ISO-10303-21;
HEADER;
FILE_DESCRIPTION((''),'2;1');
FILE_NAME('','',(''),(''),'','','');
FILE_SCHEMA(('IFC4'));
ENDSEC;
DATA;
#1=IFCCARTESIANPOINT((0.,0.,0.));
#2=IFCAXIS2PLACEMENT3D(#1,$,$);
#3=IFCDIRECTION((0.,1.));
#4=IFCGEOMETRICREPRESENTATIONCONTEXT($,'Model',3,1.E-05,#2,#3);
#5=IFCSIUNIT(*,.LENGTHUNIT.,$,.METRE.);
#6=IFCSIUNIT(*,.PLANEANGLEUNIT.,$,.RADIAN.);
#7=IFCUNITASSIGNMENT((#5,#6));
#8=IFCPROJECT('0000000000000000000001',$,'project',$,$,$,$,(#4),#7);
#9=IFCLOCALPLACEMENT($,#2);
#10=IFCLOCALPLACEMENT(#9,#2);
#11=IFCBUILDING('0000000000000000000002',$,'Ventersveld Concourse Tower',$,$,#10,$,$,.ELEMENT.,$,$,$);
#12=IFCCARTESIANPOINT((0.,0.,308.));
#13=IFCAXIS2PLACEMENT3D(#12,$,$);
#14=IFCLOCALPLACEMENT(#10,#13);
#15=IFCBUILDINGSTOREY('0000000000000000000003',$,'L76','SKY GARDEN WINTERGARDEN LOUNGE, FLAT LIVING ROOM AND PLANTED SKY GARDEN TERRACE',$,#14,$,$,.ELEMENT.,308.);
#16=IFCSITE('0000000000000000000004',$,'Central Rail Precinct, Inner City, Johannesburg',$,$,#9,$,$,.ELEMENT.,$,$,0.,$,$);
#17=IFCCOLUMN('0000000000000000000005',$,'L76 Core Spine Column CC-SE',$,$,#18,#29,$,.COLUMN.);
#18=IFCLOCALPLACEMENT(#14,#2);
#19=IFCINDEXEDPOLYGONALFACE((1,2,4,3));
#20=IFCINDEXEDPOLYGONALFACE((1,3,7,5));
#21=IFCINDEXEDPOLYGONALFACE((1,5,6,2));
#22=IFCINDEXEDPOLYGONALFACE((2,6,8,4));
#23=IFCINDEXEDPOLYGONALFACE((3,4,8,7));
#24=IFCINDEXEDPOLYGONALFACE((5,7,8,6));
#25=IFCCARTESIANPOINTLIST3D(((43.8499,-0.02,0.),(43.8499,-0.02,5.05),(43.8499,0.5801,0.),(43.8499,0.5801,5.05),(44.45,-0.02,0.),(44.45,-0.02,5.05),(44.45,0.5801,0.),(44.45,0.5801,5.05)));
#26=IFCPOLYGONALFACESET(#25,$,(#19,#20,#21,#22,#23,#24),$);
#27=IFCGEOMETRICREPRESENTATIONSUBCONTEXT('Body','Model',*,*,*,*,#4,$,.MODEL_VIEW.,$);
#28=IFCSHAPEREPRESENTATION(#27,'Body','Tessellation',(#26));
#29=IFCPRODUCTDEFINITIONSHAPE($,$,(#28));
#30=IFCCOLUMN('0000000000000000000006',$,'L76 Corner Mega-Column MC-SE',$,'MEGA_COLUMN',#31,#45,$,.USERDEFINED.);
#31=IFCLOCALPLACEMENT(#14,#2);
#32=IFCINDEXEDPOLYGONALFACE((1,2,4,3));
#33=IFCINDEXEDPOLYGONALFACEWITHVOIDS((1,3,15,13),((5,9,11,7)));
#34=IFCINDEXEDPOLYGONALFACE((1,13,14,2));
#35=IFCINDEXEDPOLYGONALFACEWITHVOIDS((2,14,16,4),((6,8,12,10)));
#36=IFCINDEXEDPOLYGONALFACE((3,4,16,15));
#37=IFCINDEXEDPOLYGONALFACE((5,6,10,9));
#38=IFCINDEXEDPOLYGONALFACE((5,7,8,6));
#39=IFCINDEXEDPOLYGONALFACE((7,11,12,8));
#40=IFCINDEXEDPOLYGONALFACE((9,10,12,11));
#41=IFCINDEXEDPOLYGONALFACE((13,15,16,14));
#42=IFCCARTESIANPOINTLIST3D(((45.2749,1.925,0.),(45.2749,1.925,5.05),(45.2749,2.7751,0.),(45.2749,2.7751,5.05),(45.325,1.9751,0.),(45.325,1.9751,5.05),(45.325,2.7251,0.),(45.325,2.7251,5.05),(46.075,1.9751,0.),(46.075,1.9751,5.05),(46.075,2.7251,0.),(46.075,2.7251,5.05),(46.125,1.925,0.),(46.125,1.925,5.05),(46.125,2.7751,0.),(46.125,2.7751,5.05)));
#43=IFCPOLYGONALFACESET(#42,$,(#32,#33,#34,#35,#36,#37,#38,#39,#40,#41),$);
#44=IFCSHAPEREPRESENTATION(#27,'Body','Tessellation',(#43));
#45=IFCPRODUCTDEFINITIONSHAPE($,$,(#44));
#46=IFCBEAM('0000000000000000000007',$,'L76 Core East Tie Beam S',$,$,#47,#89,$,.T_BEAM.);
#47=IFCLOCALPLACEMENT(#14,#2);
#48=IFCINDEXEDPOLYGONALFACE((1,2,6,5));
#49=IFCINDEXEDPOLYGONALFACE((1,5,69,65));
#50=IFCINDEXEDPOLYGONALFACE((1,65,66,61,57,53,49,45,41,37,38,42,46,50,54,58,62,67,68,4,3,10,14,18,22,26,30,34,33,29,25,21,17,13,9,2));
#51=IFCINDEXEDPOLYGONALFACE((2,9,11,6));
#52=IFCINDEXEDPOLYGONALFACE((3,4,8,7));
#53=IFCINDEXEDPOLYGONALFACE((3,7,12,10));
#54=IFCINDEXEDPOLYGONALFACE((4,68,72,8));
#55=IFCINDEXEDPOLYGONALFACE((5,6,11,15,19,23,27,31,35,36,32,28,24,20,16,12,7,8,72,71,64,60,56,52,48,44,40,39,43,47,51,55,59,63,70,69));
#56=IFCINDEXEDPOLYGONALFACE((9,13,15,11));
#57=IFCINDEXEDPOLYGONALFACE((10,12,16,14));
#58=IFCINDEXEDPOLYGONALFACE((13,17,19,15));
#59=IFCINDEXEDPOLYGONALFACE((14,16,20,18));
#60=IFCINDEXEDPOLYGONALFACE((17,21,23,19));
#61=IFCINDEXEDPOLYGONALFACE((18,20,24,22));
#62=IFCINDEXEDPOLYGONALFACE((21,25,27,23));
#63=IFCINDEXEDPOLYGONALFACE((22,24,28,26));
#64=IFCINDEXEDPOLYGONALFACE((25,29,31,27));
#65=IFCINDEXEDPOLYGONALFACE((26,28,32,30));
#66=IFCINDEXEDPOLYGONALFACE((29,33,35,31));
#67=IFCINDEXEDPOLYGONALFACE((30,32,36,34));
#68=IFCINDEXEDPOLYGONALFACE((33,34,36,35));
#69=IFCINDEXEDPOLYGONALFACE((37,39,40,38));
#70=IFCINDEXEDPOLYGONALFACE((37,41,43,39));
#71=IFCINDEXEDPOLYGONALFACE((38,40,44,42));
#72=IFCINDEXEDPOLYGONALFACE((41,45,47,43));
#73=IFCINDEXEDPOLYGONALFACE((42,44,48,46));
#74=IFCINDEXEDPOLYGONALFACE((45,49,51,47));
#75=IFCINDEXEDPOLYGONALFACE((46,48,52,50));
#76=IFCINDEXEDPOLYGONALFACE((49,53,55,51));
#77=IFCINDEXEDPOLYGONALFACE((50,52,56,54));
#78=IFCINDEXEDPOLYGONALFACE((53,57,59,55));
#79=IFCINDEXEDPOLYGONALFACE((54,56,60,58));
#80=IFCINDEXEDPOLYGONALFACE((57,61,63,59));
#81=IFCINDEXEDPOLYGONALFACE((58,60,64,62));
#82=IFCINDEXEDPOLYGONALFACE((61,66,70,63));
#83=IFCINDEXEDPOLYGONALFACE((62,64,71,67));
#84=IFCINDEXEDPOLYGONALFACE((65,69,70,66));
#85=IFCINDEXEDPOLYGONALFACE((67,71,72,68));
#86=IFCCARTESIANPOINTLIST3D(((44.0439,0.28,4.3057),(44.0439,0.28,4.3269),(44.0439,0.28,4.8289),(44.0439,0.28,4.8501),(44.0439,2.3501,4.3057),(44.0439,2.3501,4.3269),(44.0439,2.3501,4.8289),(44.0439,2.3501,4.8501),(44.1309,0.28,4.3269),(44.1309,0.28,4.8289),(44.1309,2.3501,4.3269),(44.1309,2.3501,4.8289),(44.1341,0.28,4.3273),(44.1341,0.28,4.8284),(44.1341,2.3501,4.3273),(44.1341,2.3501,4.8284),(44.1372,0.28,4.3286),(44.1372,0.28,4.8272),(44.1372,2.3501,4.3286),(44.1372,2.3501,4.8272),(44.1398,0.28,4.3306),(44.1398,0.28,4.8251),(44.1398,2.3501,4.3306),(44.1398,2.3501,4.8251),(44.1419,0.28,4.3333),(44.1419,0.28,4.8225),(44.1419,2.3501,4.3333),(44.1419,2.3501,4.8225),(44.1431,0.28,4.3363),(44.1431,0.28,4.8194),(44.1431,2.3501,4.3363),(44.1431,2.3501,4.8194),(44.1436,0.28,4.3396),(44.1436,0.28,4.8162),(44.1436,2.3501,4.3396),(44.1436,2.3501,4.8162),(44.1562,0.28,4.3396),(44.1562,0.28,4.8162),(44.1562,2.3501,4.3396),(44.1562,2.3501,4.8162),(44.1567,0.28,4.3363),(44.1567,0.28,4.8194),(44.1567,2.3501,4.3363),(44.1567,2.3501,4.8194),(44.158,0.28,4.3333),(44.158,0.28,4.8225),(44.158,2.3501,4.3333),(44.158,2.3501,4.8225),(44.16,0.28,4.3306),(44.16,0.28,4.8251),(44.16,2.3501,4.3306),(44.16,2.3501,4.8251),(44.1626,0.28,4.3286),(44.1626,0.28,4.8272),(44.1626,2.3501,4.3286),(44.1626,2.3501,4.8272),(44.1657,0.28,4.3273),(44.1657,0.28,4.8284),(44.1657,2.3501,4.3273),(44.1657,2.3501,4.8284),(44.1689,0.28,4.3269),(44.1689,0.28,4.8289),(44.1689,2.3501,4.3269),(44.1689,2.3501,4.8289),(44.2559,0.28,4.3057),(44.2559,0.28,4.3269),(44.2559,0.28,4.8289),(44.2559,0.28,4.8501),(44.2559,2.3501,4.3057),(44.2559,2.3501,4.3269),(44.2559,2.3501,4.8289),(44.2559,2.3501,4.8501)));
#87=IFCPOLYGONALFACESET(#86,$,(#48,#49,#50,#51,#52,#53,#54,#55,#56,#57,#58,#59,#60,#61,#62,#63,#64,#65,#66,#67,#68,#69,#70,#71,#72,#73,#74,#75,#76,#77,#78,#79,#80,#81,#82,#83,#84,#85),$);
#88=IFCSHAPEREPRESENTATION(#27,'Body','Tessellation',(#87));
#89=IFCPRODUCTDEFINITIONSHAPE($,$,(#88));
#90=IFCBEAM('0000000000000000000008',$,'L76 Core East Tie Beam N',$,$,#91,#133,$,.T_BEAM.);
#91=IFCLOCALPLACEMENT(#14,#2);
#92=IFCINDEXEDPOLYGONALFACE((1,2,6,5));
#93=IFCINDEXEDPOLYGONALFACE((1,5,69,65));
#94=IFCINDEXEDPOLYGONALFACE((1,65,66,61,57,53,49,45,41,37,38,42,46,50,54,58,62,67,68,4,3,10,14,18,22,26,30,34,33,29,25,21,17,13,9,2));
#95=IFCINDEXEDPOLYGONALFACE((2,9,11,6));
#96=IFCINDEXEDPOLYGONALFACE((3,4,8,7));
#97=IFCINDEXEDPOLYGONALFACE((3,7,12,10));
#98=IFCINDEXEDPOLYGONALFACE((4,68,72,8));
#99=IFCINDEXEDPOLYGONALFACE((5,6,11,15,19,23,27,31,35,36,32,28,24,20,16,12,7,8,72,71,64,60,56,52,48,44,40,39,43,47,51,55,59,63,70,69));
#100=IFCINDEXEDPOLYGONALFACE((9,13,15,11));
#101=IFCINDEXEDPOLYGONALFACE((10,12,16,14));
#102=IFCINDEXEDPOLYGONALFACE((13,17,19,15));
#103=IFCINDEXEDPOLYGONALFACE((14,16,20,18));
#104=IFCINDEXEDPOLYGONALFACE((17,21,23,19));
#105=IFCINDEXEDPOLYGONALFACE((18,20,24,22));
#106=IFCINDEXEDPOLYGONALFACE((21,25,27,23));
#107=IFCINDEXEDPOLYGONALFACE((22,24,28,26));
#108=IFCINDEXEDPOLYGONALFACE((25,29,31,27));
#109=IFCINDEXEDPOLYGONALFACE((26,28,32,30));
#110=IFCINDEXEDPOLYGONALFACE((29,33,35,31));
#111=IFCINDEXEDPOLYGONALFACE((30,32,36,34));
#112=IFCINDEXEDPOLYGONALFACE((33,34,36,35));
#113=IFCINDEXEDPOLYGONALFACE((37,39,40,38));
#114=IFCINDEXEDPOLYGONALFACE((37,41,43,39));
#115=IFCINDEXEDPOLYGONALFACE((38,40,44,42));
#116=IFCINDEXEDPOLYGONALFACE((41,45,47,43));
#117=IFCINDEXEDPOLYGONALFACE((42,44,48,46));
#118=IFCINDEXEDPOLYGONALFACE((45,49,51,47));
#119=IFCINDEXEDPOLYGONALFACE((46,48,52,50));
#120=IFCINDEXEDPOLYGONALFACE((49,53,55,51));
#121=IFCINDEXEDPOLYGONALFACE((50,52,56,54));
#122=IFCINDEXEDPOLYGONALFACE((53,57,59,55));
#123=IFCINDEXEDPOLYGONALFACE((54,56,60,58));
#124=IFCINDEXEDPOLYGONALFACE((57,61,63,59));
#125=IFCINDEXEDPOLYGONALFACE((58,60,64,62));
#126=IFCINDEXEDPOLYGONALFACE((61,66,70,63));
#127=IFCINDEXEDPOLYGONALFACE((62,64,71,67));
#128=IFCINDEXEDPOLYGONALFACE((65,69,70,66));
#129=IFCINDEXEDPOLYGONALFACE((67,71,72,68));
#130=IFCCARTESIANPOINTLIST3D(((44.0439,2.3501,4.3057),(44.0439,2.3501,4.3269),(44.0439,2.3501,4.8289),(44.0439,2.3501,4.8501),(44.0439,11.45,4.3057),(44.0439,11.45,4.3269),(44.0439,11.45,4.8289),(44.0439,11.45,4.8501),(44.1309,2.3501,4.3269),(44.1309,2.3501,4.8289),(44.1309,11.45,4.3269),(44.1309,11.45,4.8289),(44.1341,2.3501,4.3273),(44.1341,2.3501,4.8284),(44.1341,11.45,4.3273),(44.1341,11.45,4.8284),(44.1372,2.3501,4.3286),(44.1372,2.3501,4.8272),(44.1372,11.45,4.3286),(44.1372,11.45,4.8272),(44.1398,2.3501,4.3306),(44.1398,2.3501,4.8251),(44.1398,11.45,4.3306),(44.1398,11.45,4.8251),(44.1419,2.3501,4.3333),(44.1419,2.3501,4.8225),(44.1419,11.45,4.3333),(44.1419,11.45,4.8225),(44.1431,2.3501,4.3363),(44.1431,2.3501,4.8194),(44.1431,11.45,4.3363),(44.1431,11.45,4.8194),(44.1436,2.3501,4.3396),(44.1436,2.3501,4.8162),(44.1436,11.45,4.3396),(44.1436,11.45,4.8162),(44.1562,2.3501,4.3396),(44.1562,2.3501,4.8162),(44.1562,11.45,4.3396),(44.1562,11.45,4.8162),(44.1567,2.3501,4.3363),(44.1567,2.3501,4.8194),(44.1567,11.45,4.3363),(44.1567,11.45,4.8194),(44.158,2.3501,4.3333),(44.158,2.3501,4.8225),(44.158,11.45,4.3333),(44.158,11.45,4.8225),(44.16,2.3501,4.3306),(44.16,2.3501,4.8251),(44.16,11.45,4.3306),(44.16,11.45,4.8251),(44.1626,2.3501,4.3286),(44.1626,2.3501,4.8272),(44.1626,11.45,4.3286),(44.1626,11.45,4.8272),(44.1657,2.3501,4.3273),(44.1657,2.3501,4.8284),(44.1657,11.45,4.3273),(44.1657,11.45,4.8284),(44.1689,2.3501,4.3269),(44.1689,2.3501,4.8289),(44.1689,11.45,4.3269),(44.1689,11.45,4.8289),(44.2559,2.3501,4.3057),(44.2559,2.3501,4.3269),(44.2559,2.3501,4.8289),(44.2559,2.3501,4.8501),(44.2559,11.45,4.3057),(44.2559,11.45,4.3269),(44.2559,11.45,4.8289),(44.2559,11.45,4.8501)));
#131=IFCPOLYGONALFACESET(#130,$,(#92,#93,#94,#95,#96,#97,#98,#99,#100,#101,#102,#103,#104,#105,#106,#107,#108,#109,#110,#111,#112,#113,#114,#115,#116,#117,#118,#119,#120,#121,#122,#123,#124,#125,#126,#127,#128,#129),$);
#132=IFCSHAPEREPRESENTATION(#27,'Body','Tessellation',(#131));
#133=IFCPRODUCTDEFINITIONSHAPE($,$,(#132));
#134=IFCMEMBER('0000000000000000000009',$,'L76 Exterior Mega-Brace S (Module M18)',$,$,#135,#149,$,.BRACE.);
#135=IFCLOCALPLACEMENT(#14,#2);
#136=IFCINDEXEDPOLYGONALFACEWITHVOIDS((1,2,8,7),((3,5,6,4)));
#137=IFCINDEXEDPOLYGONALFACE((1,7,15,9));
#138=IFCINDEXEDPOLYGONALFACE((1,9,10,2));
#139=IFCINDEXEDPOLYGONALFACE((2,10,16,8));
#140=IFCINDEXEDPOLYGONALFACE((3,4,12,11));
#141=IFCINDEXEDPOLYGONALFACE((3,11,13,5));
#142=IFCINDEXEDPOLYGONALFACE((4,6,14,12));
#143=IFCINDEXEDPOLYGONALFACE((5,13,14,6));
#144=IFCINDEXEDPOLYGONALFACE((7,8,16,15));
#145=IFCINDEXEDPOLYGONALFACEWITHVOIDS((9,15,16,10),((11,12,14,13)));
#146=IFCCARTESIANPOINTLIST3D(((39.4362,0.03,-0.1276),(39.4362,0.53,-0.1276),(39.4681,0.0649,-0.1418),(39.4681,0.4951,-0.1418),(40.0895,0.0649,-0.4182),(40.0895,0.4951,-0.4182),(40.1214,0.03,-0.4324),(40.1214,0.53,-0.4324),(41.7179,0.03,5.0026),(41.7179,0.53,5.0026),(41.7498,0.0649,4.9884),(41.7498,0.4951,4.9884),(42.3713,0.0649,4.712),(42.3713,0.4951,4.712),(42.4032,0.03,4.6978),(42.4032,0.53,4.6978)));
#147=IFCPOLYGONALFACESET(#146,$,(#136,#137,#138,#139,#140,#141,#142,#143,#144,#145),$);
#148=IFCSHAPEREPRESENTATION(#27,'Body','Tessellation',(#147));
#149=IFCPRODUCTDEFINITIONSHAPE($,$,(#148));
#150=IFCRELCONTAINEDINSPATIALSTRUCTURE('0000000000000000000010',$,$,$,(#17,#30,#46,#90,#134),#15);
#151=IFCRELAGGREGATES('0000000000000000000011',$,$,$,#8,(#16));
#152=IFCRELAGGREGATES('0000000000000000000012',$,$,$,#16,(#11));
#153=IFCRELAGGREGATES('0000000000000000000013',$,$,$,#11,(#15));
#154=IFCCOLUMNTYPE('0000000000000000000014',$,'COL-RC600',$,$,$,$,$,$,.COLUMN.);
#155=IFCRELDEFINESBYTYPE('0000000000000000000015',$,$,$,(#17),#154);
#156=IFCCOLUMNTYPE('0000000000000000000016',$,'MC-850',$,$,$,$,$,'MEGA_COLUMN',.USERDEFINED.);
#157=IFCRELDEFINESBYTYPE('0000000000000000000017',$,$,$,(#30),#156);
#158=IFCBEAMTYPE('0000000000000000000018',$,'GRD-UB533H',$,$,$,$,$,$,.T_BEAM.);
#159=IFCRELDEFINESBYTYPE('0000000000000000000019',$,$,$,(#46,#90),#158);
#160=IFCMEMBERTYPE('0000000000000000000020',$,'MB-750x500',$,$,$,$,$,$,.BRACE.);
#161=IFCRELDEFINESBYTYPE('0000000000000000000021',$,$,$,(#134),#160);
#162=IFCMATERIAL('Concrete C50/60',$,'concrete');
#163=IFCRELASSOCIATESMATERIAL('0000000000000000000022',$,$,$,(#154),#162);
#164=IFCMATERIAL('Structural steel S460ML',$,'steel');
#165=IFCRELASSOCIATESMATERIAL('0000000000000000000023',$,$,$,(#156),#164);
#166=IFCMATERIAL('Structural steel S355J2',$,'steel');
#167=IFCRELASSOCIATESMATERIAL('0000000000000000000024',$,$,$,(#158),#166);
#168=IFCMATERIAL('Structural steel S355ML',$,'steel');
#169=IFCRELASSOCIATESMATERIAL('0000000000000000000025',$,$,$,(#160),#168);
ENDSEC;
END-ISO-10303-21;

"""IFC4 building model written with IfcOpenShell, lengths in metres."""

from ifc_helpers import new_model, si_unit, direction, frame, origin, origin_2d, place, context, subcontext, project, spatial, rectangle, hollow_rectangle, i_section, extrude, material, material_profile, profile_set, type_object, element, save


model = new_model("IFC4")

# Units and contexts
model_context = context("Model", 3, precision=1e-05, world=origin(), true_north=direction((0.0, 1.0)))
body_context = subcontext(model_context, "Body", "Model", "MODEL_VIEW")
ifc_project = project(units=[si_unit("LENGTHUNIT", "METRE"), si_unit("PLANEANGLEUNIT", "RADIAN")], contexts=[model_context])

# Site, building, storey
site_placement = place(None, origin())
site = spatial("IfcSite", under=ifc_project, at=site_placement, Name="Central Rail Precinct, Inner City, Johannesburg", CompositionType="ELEMENT", RefElevation=0.0)
building_placement = place(site_placement, origin())
building = spatial("IfcBuilding", under=site, at=building_placement, Name="Ventersveld Concourse Tower", CompositionType="ELEMENT")
storey_placement = place(building_placement, frame((0.0, 0.0, 308.0)))
storey = spatial("IfcBuildingStorey", under=building, at=storey_placement, Name="L76", Description="SKY GARDEN WINTERGARDEN LOUNGE, FLAT LIVING ROOM AND PLANTED SKY GARDEN TERRACE", CompositionType="ELEMENT", Elevation=308.0)

# Columns
ifc_material_1 = material(Name="Concrete C50/60", Category="concrete")
ifc_material_profile_1 = material_profile(ifc_material_1, rectangle(XDim=0.6001, YDim=0.6001, at=origin_2d()), Name="RC 600x600")
ifc_profile_set_1 = profile_set([ifc_material_profile_1], Name="Concrete C50/60")
column_type_1 = type_object("IfcColumnType", Name="COL-RC600", PredefinedType="COLUMN", material=ifc_profile_set_1)
column_1_placement = place(storey_placement, frame((44.1499, 0.28, 0.0), z_axis=(0.0, 0.0, 1.0), x_axis=(1.0, 0.0, 0.0)))
element("IfcColumn", 1, at=column_1_placement, inside=storey, type_object=column_type_1, Name="L76 Core Spine Column CC-SE", PredefinedType="COLUMN", context=body_context, shape_type="SweptSolid", body=[
    extrude(rectangle(XDim=0.6001, YDim=0.6001, at=origin_2d()), origin(), (0.0, 0.0, 1.0), 5.05),
])
ifc_material_2 = material(Name="Structural steel S460ML", Category="steel")
ifc_material_profile_2 = material_profile(ifc_material_2, hollow_rectangle(XDim=0.8501, YDim=0.8501, WallThickness=0.05, at=origin_2d()), Name="BOX 850x850x50")
ifc_profile_set_2 = profile_set([ifc_material_profile_2], Name="Structural steel S460ML")
column_type_2 = type_object("IfcColumnType", Name="MC-850", ElementType="MEGA_COLUMN", PredefinedType="USERDEFINED", material=ifc_profile_set_2)
column_2_placement = place(storey_placement, frame((45.7, 2.3501, 0.0), z_axis=(0.0, 0.0, 1.0), x_axis=(1.0, 0.0, 0.0)))
element("IfcColumn", 2, at=column_2_placement, inside=storey, type_object=column_type_2, Name="L76 Corner Mega-Column MC-SE", ObjectType="MEGA_COLUMN", PredefinedType="USERDEFINED", context=body_context, shape_type="SweptSolid", body=[
    extrude(hollow_rectangle(XDim=0.8501, YDim=0.8501, WallThickness=0.05, at=origin_2d()), origin(), (0.0, 0.0, 1.0), 5.05),
])

# Beams
ifc_material_3 = material(Name="Structural steel S355J2", Category="steel")
ifc_material_profile_3 = material_profile(ifc_material_3, i_section(OverallWidth=0.2119, OverallDepth=0.5444, WebThickness=0.0127, FlangeThickness=0.0212, FilletRadius=0.0127, at=origin_2d()), Name="UB 533x210x122")
ifc_profile_set_3 = profile_set([ifc_material_profile_3], Name="Structural steel S355J2")
beam_type_1 = type_object("IfcBeamType", Name="GRD-UB533H", PredefinedType="T_BEAM", material=ifc_profile_set_3)
beam_1_placement = place(storey_placement, frame((44.1499, 0.28, 4.5779), z_axis=(0.0, 1.0, 0.0), x_axis=(-1.0, 0.0, 0.0)))
element("IfcBeam", 3, at=beam_1_placement, inside=storey, type_object=beam_type_1, Name="L76 Core East Tie Beam S", PredefinedType="T_BEAM", context=body_context, shape_type="SweptSolid", body=[
    extrude(i_section(OverallWidth=0.2119, OverallDepth=0.5444, WebThickness=0.0127, FlangeThickness=0.0212, FilletRadius=0.0127, at=origin_2d()), origin(), (0.0, 0.0, 1.0), 2.0701),
])
beam_2_placement = place(storey_placement, frame((44.1499, 2.3501, 4.5779), z_axis=(0.0, 1.0, 0.0), x_axis=(-1.0, 0.0, 0.0)))
element("IfcBeam", 4, at=beam_2_placement, inside=storey, type_object=beam_type_1, Name="L76 Core East Tie Beam N", PredefinedType="T_BEAM", context=body_context, shape_type="SweptSolid", body=[
    extrude(i_section(OverallWidth=0.2119, OverallDepth=0.5444, WebThickness=0.0127, FlangeThickness=0.0212, FilletRadius=0.0127, at=origin_2d()), origin(), (0.0, 0.0, 1.0), 9.0999),
])

# Member
ifc_material_4 = material(Name="Structural steel S355ML", Category="steel")
ifc_material_profile_4 = material_profile(ifc_material_4, hollow_rectangle(XDim=0.5, YDim=0.75, WallThickness=0.0349, at=origin_2d()), Name="BOX 750x500x35")
ifc_profile_set_4 = profile_set([ifc_material_profile_4], Name="Structural steel S355ML")
member_type = type_object("IfcMemberType", Name="MB-750x500", PredefinedType="BRACE", material=ifc_profile_set_4)
member_placement = place(storey_placement, frame((39.7788, 0.28, -0.28), z_axis=(0.406389, 0.0, 0.9137), x_axis=(0.0, 1.0, 0.0)))
element("IfcMember", 5, at=member_placement, inside=storey, type_object=member_type, Name="L76 Exterior Mega-Brace S (Module M18)", PredefinedType="BRACE", context=body_context, shape_type="SweptSolid", body=[
    extrude(hollow_rectangle(XDim=0.5, YDim=0.75, WallThickness=0.0349, at=origin_2d()), origin(), (0.0, 0.0, 1.0), 5.6147),
])

save(model, "model.ifc")
